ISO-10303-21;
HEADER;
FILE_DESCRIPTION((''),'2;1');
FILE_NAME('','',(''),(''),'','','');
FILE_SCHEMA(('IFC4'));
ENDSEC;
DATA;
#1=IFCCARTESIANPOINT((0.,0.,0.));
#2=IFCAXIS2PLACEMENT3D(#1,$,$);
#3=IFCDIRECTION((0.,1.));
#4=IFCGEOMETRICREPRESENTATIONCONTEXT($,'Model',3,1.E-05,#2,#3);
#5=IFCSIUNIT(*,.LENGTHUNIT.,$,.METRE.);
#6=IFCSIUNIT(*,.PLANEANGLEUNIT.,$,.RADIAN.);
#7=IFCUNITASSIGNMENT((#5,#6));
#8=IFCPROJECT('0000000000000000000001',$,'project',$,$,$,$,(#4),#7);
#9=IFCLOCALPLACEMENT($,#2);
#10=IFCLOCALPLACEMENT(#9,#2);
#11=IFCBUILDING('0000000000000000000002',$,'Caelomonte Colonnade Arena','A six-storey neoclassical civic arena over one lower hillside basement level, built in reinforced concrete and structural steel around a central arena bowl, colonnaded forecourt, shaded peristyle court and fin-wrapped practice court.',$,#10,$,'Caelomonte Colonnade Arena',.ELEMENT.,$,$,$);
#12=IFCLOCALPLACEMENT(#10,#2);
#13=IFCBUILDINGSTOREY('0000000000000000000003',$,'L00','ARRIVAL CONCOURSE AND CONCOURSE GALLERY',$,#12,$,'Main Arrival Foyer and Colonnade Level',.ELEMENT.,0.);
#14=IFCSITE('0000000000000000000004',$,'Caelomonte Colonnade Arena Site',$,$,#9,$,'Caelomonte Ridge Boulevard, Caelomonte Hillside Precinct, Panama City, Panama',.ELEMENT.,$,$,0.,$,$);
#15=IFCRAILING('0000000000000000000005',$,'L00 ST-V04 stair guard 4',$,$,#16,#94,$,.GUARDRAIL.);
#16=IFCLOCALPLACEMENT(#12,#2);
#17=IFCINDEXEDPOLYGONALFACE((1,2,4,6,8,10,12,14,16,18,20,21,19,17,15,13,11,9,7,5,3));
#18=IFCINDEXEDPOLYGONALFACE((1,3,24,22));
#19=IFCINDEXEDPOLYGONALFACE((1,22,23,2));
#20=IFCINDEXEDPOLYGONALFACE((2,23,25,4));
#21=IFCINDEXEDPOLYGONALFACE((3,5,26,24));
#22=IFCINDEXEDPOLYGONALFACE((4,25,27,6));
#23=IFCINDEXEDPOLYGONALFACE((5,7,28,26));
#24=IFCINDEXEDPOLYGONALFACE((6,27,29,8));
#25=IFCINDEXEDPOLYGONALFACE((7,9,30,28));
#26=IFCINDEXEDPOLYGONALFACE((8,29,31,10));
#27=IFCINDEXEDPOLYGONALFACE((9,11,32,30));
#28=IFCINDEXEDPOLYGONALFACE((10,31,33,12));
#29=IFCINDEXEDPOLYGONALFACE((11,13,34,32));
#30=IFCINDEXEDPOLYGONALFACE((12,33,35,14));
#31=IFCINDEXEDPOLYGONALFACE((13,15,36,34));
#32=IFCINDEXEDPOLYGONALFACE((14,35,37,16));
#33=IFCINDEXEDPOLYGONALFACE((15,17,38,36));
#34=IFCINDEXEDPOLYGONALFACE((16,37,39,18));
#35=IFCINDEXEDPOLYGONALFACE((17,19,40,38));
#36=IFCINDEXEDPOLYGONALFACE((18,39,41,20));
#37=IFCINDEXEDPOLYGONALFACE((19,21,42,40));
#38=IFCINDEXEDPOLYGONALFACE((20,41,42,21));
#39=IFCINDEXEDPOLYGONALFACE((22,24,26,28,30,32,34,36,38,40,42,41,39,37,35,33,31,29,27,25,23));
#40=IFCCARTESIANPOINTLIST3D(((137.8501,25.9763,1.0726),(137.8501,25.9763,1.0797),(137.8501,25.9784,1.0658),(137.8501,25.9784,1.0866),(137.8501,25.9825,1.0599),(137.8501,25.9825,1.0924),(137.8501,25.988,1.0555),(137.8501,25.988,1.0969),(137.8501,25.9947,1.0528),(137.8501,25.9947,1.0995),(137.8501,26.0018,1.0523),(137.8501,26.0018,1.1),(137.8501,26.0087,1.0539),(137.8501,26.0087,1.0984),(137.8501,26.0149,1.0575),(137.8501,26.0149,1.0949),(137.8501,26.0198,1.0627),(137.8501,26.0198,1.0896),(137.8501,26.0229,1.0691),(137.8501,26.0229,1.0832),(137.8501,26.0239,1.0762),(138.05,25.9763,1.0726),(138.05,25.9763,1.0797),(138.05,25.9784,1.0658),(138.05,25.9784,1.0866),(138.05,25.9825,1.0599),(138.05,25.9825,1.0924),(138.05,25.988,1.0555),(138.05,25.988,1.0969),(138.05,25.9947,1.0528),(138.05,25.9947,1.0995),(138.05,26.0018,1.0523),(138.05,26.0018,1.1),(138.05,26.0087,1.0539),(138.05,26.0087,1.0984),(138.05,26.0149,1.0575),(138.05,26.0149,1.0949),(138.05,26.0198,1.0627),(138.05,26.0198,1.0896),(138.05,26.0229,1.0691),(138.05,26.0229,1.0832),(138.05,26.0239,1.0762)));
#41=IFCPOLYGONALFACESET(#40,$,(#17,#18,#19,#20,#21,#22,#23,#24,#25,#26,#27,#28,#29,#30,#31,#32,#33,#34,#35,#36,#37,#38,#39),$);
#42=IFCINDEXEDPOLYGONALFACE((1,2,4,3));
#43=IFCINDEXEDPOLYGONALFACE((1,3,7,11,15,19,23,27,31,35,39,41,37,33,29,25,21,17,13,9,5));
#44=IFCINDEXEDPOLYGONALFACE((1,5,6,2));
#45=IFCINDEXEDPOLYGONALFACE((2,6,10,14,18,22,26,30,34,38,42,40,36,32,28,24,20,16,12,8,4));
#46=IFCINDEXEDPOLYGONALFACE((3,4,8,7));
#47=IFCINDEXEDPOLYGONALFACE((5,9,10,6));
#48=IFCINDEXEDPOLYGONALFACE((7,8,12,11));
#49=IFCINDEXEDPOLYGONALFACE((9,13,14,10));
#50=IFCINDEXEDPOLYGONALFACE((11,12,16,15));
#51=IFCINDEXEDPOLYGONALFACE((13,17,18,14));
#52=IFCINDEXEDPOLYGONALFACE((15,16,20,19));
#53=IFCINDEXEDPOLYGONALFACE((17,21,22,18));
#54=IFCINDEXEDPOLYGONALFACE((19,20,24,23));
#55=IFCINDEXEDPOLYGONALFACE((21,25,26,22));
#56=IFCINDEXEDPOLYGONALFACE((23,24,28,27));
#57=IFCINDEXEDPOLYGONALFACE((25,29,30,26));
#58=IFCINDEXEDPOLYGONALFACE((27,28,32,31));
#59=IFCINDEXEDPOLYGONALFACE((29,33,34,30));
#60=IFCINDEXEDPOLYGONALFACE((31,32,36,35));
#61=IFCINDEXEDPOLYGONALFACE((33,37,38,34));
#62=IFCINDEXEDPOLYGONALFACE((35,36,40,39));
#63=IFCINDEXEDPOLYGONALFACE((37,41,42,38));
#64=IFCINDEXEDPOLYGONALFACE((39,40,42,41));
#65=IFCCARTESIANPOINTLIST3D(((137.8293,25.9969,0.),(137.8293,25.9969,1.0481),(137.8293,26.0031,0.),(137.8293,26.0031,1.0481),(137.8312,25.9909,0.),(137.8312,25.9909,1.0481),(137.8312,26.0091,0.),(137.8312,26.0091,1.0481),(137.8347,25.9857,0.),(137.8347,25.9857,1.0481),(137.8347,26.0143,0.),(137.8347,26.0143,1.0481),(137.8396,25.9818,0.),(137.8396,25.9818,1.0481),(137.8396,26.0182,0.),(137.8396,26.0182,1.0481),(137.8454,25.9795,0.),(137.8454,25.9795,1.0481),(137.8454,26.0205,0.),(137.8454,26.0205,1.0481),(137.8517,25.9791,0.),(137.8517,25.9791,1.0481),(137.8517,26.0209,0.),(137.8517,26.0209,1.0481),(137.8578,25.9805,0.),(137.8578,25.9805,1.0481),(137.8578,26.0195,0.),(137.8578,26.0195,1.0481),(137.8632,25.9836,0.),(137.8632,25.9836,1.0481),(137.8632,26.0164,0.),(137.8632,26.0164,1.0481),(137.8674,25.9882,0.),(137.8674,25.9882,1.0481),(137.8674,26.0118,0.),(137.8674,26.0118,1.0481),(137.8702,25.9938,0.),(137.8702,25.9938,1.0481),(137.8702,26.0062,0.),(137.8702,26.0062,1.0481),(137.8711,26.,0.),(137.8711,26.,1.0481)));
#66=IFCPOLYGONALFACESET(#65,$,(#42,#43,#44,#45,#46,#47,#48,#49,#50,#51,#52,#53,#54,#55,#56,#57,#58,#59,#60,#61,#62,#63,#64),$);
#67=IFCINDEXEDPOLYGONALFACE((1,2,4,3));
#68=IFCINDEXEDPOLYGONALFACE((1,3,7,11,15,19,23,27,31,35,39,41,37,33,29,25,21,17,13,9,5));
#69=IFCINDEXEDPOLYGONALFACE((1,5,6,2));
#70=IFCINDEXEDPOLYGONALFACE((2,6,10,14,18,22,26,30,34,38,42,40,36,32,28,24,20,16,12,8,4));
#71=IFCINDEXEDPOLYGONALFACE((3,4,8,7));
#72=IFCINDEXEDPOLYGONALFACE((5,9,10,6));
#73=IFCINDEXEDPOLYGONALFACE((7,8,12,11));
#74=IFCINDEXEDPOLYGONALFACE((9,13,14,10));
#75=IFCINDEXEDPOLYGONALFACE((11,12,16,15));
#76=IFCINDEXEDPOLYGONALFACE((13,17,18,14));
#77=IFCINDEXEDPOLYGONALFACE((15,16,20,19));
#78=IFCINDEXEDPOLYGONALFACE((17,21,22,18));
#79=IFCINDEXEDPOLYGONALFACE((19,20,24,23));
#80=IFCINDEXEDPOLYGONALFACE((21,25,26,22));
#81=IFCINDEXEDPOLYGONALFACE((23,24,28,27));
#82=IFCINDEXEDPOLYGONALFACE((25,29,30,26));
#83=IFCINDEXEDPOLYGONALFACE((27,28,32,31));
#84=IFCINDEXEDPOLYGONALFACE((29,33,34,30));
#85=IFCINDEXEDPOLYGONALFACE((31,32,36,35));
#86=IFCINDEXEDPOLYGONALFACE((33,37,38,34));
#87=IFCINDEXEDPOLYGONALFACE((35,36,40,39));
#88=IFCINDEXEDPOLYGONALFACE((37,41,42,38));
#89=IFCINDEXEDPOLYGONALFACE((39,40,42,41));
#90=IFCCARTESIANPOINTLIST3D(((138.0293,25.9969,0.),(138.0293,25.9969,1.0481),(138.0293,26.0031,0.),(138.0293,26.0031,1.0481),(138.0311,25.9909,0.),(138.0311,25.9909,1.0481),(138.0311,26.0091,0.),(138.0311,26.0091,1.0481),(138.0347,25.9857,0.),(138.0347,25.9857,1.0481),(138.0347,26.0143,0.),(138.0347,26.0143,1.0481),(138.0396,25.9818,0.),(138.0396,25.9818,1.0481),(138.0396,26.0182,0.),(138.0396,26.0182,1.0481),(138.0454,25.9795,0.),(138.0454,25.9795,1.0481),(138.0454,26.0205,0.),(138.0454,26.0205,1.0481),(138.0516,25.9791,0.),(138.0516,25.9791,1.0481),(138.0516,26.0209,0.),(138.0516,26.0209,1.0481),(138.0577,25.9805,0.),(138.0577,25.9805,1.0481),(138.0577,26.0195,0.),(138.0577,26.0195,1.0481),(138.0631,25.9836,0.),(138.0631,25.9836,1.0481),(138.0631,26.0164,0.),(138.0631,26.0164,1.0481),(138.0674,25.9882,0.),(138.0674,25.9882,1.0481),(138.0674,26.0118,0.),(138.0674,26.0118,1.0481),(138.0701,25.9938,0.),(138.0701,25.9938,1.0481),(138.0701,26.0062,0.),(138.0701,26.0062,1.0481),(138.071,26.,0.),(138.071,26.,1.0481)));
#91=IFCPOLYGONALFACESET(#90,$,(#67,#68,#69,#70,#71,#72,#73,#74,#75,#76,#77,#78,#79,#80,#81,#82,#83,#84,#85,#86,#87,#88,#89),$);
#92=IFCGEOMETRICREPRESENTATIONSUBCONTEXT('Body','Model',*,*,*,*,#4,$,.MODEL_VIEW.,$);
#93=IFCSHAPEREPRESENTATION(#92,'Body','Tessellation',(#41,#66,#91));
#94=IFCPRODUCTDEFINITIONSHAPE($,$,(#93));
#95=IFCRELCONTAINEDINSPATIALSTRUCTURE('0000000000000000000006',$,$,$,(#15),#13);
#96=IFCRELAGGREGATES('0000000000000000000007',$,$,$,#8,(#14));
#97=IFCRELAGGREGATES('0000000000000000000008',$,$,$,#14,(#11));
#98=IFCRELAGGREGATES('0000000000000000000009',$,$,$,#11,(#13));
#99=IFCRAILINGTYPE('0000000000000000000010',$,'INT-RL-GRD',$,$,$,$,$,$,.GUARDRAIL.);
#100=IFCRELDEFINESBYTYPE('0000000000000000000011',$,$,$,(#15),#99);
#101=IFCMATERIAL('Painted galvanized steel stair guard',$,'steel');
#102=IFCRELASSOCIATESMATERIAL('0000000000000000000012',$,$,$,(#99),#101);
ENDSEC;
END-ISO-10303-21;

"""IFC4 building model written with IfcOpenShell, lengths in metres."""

from ifc_helpers import new_model, si_unit, direction, frame, origin, origin_2d, place, context, subcontext, project, spatial, circle, extrude, material, type_object, element, save


model = new_model("IFC4")

# Units and contexts
model_context = context("Model", 3, precision=1e-05, world=origin(), true_north=direction((0.0, 1.0)))
body_context = subcontext(model_context, "Body", "Model", "MODEL_VIEW")
ifc_project = project(units=[si_unit("LENGTHUNIT", "METRE"), si_unit("PLANEANGLEUNIT", "RADIAN")], contexts=[model_context])

# Site, building, storey
site_placement = place(None, origin())
site = spatial("IfcSite", under=ifc_project, at=site_placement, Name="Caelomonte Colonnade Arena Site", LongName="Caelomonte Ridge Boulevard, Caelomonte Hillside Precinct, Panama City, Panama", CompositionType="ELEMENT", RefElevation=0.0)
building_placement = place(site_placement, origin())
building = spatial("IfcBuilding", under=site, at=building_placement, Name="Caelomonte Colonnade Arena", Description="A six-storey neoclassical civic arena over one lower hillside basement level, built in reinforced concrete and structural steel around a central arena bowl, colonnaded forecourt, shaded peristyle court and fin-wrapped practice court.", LongName="Caelomonte Colonnade Arena", CompositionType="ELEMENT")
storey_placement = place(building_placement, origin())
storey = spatial("IfcBuildingStorey", under=building, at=storey_placement, Name="L00", Description="ARRIVAL CONCOURSE AND CONCOURSE GALLERY", LongName="Main Arrival Foyer and Colonnade Level", CompositionType="ELEMENT", Elevation=0.0)

# Railing
ifc_material_1 = material(Name="Painted galvanized steel stair guard", Category="steel")
railing_type_1 = type_object("IfcRailingType", Name="INT-RL-GRD", PredefinedType="GUARDRAIL", material=ifc_material_1)
railing_1_placement = place(storey_placement, frame((137.8501, 26.0, 0.0)))
element("IfcRailing", 1, at=railing_1_placement, inside=storey, type_object=railing_type_1, Name="L00 ST-V04 stair guard 4", PredefinedType="GUARDRAIL", context=body_context, shape_type="SweptSolid", body=[
    extrude(circle(Radius=0.0239, at=origin_2d()), frame((0.0, 0.0, 1.0762), z_axis=(1.0, 0.0, 0.0), x_axis=(0.0, 1.0, 0.0)), (0.0, 0.0, 1.0), 0.2),
    extrude(circle(Radius=0.021, at=origin_2d()), origin(), (0.0, 0.0, 1.0), 1.0481),
    extrude(circle(Radius=0.021, at=origin_2d()), frame((0.2, 0.0, 0.0)), (0.0, 0.0, 1.0), 1.0481),
])

save(model, "model.ifc")
